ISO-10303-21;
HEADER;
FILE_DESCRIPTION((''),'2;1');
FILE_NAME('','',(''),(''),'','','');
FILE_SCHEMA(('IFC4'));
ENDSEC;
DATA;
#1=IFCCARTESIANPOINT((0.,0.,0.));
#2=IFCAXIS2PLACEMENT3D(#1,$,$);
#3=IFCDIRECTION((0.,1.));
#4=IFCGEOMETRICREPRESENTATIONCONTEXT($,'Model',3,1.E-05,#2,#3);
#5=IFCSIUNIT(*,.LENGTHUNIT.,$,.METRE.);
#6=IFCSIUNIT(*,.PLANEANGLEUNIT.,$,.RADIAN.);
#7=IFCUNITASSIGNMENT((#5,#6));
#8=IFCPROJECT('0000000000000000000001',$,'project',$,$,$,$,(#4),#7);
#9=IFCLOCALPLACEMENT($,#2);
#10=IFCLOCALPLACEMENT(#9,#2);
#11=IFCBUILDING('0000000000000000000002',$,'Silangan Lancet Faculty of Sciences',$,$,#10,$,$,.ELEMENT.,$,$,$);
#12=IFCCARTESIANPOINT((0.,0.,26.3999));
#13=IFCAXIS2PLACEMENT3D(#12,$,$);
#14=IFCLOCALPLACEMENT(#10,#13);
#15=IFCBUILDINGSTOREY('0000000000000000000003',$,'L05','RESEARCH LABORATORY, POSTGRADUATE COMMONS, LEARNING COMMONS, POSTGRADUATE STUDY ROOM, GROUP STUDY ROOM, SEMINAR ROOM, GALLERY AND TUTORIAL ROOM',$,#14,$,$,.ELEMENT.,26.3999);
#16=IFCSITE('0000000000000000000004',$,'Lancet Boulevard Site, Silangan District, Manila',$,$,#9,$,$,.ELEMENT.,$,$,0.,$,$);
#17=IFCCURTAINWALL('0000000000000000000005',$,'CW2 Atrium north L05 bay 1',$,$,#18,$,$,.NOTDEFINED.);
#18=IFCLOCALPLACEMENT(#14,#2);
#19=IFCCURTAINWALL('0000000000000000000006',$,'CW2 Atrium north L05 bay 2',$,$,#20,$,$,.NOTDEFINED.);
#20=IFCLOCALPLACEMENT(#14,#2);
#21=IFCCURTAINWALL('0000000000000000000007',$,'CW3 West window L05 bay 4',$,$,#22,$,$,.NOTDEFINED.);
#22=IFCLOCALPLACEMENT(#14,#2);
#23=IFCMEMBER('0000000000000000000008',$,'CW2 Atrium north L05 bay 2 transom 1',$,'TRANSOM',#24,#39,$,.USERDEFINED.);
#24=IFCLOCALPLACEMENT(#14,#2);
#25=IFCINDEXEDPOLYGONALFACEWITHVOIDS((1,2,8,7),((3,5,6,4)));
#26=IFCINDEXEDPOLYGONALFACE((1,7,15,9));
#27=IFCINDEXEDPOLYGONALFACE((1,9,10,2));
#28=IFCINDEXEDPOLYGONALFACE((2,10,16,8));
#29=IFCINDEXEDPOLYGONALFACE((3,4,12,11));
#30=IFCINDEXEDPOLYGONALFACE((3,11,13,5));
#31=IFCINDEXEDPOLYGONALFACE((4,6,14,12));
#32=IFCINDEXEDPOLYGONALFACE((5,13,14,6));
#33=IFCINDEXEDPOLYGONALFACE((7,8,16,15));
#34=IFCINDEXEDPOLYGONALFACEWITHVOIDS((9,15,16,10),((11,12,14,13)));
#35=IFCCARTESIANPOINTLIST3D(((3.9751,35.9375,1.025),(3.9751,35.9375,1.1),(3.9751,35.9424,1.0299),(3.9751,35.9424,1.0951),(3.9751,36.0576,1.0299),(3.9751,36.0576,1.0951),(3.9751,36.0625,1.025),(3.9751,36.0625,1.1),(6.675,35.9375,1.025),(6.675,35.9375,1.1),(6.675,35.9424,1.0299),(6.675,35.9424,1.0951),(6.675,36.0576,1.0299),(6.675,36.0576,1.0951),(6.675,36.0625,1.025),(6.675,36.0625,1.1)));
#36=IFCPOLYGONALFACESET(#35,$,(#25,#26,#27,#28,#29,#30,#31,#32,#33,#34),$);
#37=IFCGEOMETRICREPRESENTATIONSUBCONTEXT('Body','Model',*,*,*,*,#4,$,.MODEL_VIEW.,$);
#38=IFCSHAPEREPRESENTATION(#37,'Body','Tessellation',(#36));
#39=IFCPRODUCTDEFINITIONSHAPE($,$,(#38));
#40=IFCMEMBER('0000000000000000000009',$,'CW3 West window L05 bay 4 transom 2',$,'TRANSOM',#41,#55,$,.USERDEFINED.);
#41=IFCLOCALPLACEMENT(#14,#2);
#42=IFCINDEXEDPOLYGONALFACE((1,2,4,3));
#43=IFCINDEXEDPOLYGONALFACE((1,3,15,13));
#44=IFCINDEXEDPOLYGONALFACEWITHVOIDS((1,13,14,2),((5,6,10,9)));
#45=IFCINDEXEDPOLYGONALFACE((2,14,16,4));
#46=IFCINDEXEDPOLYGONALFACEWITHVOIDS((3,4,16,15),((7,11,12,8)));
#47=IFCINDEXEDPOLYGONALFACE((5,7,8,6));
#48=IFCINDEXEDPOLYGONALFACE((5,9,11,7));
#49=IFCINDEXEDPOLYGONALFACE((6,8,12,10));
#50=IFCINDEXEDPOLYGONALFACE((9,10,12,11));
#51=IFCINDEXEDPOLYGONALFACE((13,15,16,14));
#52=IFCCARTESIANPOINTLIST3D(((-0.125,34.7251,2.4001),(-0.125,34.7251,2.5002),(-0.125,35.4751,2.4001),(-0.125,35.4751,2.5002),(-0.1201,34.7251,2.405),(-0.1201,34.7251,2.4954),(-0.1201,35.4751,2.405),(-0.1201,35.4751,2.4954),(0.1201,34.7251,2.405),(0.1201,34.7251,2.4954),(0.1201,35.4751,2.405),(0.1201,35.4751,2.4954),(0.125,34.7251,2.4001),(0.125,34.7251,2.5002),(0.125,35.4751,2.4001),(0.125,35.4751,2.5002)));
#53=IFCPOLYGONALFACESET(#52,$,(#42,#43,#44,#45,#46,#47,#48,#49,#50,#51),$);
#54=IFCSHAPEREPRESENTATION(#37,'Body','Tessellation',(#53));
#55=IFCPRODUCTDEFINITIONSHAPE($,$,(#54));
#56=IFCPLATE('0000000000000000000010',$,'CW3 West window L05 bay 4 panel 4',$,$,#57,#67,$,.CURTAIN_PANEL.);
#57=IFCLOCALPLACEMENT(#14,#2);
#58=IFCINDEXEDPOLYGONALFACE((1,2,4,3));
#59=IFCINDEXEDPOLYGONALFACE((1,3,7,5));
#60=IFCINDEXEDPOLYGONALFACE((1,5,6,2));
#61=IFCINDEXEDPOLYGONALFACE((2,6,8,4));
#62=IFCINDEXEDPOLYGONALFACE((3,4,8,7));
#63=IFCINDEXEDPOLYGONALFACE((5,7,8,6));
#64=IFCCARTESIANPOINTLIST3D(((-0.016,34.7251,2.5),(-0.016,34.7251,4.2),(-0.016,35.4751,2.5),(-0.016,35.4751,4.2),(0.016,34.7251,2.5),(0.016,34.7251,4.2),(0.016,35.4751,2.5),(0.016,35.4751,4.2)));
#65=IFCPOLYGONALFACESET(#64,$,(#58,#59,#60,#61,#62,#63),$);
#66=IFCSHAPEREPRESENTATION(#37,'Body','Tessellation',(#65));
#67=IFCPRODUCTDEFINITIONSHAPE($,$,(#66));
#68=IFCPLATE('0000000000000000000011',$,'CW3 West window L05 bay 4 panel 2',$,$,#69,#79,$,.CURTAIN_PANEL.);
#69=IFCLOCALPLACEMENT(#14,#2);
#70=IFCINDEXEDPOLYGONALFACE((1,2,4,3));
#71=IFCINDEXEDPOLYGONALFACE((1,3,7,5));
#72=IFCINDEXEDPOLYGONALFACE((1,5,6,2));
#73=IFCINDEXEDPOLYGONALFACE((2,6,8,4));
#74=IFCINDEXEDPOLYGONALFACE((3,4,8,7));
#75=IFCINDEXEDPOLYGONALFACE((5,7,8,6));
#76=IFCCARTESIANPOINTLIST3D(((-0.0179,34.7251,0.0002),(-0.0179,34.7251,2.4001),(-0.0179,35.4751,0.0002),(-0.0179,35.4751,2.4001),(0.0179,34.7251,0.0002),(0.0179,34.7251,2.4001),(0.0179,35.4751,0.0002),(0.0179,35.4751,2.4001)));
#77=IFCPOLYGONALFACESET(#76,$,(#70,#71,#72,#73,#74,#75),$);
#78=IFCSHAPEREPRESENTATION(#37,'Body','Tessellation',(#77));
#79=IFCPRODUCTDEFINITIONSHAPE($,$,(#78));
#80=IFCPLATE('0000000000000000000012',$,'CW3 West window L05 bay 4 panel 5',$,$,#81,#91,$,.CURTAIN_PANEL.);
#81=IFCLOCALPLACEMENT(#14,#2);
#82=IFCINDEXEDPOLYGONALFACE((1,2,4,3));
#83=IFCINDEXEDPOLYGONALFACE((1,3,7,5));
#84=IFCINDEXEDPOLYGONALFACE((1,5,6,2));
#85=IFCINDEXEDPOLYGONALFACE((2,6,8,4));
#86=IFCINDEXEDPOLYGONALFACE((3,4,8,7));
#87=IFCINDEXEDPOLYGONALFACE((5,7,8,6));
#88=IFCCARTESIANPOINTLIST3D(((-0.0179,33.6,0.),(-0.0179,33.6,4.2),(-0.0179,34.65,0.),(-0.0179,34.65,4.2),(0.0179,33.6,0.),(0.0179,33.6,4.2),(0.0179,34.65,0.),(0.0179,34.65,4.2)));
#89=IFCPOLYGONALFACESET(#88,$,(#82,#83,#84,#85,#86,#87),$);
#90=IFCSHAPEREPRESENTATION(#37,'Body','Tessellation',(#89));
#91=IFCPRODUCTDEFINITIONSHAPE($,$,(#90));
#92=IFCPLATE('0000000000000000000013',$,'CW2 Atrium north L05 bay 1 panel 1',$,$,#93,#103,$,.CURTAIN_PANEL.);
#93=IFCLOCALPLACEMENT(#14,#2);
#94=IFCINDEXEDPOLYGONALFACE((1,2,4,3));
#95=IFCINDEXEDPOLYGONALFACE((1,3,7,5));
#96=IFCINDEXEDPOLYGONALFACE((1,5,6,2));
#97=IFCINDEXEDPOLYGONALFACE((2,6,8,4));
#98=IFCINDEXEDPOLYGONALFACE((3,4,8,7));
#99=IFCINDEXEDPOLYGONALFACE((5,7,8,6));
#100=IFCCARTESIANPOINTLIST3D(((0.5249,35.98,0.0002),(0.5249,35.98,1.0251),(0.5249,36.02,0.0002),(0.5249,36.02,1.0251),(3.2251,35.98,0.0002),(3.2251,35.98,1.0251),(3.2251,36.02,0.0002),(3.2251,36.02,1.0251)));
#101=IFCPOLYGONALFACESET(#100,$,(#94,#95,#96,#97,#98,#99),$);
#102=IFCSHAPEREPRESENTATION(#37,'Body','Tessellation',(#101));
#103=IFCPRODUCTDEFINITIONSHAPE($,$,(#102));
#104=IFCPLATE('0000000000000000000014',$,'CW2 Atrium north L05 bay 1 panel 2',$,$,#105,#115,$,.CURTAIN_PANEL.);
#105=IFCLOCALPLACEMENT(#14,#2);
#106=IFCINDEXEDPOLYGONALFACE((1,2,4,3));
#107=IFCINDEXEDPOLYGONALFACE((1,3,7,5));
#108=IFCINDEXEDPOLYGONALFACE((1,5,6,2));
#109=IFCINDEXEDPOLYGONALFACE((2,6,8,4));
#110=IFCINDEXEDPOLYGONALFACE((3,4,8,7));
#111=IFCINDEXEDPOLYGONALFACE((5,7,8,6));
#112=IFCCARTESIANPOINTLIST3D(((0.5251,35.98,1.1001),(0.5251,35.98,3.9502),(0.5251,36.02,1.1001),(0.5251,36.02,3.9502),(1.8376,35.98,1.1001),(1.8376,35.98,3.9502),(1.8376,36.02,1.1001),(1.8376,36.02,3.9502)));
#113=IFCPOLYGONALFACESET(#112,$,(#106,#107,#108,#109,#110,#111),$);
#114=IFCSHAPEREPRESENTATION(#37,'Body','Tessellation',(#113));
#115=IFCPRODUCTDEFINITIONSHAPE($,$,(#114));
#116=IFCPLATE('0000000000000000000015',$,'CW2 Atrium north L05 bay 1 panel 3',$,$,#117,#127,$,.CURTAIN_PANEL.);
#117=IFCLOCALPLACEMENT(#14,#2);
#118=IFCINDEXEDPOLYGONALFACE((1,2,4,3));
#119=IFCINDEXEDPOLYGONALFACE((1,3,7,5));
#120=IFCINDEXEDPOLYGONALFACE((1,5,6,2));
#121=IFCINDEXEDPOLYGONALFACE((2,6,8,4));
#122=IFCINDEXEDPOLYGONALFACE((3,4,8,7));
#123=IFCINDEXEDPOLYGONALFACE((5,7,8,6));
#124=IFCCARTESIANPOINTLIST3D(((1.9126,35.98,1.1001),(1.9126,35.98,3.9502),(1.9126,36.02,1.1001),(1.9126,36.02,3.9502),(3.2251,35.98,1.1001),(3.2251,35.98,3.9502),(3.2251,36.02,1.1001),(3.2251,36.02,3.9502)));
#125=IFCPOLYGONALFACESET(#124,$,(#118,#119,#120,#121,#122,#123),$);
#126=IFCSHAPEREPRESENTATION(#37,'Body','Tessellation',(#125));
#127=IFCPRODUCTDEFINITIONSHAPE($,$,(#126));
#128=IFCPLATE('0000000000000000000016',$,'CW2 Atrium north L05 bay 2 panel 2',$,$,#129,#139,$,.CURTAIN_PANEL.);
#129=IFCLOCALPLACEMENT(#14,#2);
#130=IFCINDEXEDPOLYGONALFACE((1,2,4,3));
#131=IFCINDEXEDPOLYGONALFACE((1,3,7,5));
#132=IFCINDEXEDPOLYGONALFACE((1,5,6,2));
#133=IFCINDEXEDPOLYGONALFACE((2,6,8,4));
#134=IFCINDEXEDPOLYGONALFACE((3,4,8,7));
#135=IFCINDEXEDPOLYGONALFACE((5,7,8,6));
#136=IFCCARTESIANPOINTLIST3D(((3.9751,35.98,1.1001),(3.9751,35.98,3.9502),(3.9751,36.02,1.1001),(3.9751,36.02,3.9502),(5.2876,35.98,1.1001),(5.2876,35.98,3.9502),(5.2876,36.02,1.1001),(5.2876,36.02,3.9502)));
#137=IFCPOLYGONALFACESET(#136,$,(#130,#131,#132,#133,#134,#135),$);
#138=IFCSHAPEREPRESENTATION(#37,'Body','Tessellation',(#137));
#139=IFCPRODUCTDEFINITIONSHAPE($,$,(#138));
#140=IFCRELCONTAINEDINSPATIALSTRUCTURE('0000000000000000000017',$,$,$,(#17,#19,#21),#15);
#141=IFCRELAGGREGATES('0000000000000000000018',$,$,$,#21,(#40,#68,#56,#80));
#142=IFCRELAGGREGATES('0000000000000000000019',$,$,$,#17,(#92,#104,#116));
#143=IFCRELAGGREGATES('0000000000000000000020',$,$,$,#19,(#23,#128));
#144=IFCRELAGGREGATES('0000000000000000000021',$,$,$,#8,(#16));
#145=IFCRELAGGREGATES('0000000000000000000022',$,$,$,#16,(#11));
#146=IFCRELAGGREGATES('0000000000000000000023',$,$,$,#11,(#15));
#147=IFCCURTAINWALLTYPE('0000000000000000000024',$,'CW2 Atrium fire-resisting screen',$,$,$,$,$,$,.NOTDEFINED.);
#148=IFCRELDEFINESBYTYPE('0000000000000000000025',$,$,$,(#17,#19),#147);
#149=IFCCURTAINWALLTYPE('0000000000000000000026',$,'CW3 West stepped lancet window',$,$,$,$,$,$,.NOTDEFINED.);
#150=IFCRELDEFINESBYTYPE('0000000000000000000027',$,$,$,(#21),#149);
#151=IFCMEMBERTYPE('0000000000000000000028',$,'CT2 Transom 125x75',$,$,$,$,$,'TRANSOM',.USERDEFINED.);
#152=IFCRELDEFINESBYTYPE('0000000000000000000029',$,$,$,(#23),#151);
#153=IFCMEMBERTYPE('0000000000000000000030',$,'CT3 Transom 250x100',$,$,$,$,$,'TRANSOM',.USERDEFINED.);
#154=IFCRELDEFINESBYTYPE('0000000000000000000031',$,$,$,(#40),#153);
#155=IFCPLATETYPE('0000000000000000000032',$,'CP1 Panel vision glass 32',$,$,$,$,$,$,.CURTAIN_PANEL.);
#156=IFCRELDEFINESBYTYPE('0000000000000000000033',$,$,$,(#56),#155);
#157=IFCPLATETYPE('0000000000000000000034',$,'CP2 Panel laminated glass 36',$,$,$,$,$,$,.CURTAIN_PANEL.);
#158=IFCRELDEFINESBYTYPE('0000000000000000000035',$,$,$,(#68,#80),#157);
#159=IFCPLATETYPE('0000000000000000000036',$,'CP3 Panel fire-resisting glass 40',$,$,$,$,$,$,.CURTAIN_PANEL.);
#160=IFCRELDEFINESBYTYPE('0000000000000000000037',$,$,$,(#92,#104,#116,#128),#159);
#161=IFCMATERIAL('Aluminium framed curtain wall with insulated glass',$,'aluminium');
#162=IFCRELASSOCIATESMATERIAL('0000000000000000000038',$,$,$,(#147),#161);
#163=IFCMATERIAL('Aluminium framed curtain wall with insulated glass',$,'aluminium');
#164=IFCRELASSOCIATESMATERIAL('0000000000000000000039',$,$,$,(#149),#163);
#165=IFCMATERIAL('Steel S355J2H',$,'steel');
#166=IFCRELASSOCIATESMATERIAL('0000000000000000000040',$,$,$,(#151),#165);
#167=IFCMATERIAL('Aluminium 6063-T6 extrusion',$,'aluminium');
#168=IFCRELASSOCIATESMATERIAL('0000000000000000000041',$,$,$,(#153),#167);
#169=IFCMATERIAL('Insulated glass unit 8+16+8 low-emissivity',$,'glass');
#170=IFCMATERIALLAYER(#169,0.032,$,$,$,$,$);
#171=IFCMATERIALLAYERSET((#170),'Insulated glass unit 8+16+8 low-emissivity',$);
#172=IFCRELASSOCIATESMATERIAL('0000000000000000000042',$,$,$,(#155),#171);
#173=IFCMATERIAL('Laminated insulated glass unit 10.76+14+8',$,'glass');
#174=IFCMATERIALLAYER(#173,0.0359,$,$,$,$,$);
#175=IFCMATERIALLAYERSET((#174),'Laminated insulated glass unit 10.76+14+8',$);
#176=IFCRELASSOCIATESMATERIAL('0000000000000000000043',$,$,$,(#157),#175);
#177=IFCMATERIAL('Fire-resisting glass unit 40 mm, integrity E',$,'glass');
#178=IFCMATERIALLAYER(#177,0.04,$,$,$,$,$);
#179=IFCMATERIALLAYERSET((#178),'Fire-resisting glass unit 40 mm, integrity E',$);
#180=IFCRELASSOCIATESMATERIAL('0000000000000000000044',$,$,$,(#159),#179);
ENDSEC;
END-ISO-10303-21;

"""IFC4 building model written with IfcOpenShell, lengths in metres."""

from ifc_helpers import new_model, si_unit, direction, frame, origin, origin_2d, place, context, subcontext, project, spatial, rectangle, hollow_rectangle, extrude, material, layer, layer_set, material_profile, profile_set, type_object, element, aggregate, save


model = new_model("IFC4")

# Units and contexts
model_context = context("Model", 3, precision=1e-05, world=origin(), true_north=direction((0.0, 1.0)))
body_context = subcontext(model_context, "Body", "Model", "MODEL_VIEW")
ifc_project = project(units=[si_unit("LENGTHUNIT", "METRE"), si_unit("PLANEANGLEUNIT", "RADIAN")], contexts=[model_context])

# Site, building, storey
site_placement = place(None, origin())
site = spatial("IfcSite", under=ifc_project, at=site_placement, Name="Lancet Boulevard Site, Silangan District, Manila", CompositionType="ELEMENT", RefElevation=0.0)
building_placement = place(site_placement, origin())
building = spatial("IfcBuilding", under=site, at=building_placement, Name="Silangan Lancet Faculty of Sciences", CompositionType="ELEMENT")
storey_placement = place(building_placement, frame((0.0, 0.0, 26.3999)))
storey = spatial("IfcBuildingStorey", under=building, at=storey_placement, Name="L05", Description="RESEARCH LABORATORY, POSTGRADUATE COMMONS, LEARNING COMMONS, POSTGRADUATE STUDY ROOM, GROUP STUDY ROOM, SEMINAR ROOM, GALLERY AND TUTORIAL ROOM", CompositionType="ELEMENT", Elevation=26.3999)

# Curtain walls
ifc_material_1 = material(Name="Aluminium framed curtain wall with insulated glass", Category="aluminium")
curtain_wall_type_1 = type_object("IfcCurtainWallType", Name="CW2 Atrium fire-resisting screen", PredefinedType="NOTDEFINED", material=ifc_material_1)
curtain_wall_1_placement = place(storey_placement, origin())
curtain_wall_1 = element("IfcCurtainWall", 1, at=curtain_wall_1_placement, inside=storey, type_object=curtain_wall_type_1, Name="CW2 Atrium north L05 bay 1", PredefinedType="NOTDEFINED")
curtain_wall_2_placement = place(storey_placement, origin())
curtain_wall_2 = element("IfcCurtainWall", 2, at=curtain_wall_2_placement, inside=storey, type_object=curtain_wall_type_1, Name="CW2 Atrium north L05 bay 2", PredefinedType="NOTDEFINED")
ifc_material_2 = material(Name="Aluminium framed curtain wall with insulated glass", Category="aluminium")
curtain_wall_type_2 = type_object("IfcCurtainWallType", Name="CW3 West stepped lancet window", PredefinedType="NOTDEFINED", material=ifc_material_2)
curtain_wall_3_placement = place(storey_placement, origin())
curtain_wall_3 = element("IfcCurtainWall", 3, at=curtain_wall_3_placement, inside=storey, type_object=curtain_wall_type_2, Name="CW3 West window L05 bay 4", PredefinedType="NOTDEFINED")

# Members
ifc_material_3 = material(Name="Steel S355J2H", Category="steel")
ifc_material_profile_1 = material_profile(ifc_material_3, hollow_rectangle(XDim=0.125, YDim=0.075, WallThickness=0.0049, at=origin_2d()), Name="ST BOX 125x75x5")
ifc_profile_set_1 = profile_set([ifc_material_profile_1], Name="Steel S355J2H")
member_type_1 = type_object("IfcMemberType", Name="CT2 Transom 125x75", ElementType="TRANSOM", PredefinedType="USERDEFINED", material=ifc_profile_set_1)
member_1_placement = place(storey_placement, frame((3.9751, 36.0, 1.0625), z_axis=(1.0, 0.0, 0.0), x_axis=(0.0, 1.0, 0.0)))
member_1 = element("IfcMember", 4, at=member_1_placement, type_object=member_type_1, Name="CW2 Atrium north L05 bay 2 transom 1", ObjectType="TRANSOM", PredefinedType="USERDEFINED", context=body_context, shape_type="SweptSolid", body=[
    extrude(hollow_rectangle(XDim=0.125, YDim=0.075, WallThickness=0.0049, at=origin_2d()), origin(), (0.0, 0.0, 1.0), 2.7),
])
ifc_material_4 = material(Name="Aluminium 6063-T6 extrusion", Category="aluminium")
ifc_material_profile_2 = material_profile(ifc_material_4, hollow_rectangle(XDim=0.25, YDim=0.1001, WallThickness=0.0049, at=origin_2d()), Name="AL BOX 250x100x5")
ifc_profile_set_2 = profile_set([ifc_material_profile_2], Name="Aluminium 6063-T6 extrusion")
member_type_2 = type_object("IfcMemberType", Name="CT3 Transom 250x100", ElementType="TRANSOM", PredefinedType="USERDEFINED", material=ifc_profile_set_2)
member_2_placement = place(storey_placement, frame((0.0, 34.7251, 2.4502), z_axis=(0.0, 1.0, 0.0), x_axis=(-1.0, 0.0, 0.0)))
member_2 = element("IfcMember", 5, at=member_2_placement, type_object=member_type_2, Name="CW3 West window L05 bay 4 transom 2", ObjectType="TRANSOM", PredefinedType="USERDEFINED", context=body_context, shape_type="SweptSolid", body=[
    extrude(hollow_rectangle(XDim=0.25, YDim=0.1001, WallThickness=0.0049, at=origin_2d()), origin(), (0.0, 0.0, 1.0), 0.75),
])

# Plates
ifc_material_5 = material(Name="Insulated glass unit 8+16+8 low-emissivity", Category="glass")
ifc_layer_1 = layer(ifc_material_5, 0.032)
ifc_layer_set_1 = layer_set([ifc_layer_1], Name="Insulated glass unit 8+16+8 low-emissivity")
plate_type_1 = type_object("IfcPlateType", Name="CP1 Panel vision glass 32", PredefinedType="CURTAIN_PANEL", material=ifc_layer_set_1)
plate_1_placement = place(storey_placement, frame((0.0, 35.1001, 2.5), z_axis=(0.0, 0.0, 1.0), x_axis=(0.0, 1.0, 0.0)))
plate_1 = element("IfcPlate", 6, at=plate_1_placement, type_object=plate_type_1, Name="CW3 West window L05 bay 4 panel 4", PredefinedType="CURTAIN_PANEL", context=body_context, shape_type="SweptSolid", body=[
    extrude(rectangle(XDim=0.75, YDim=0.032, at=origin_2d()), origin(), (0.0, 0.0, 1.0), 1.7),
])
ifc_material_6 = material(Name="Laminated insulated glass unit 10.76+14+8", Category="glass")
ifc_layer_2 = layer(ifc_material_6, 0.0359)
ifc_layer_set_2 = layer_set([ifc_layer_2], Name="Laminated insulated glass unit 10.76+14+8")
plate_type_2 = type_object("IfcPlateType", Name="CP2 Panel laminated glass 36", PredefinedType="CURTAIN_PANEL", material=ifc_layer_set_2)
plate_2_placement = place(storey_placement, frame((0.0, 35.1001, 0.0002), z_axis=(0.0, 0.0, 1.0), x_axis=(0.0, 1.0, 0.0)))
plate_2 = element("IfcPlate", 7, at=plate_2_placement, type_object=plate_type_2, Name="CW3 West window L05 bay 4 panel 2", PredefinedType="CURTAIN_PANEL", context=body_context, shape_type="SweptSolid", body=[
    extrude(rectangle(XDim=0.75, YDim=0.0359, at=origin_2d()), origin(), (0.0, 0.0, 1.0), 2.3999),
])
plate_3_placement = place(storey_placement, frame((0.0, 34.125, 0.0), z_axis=(0.0, 0.0, 1.0), x_axis=(0.0, 1.0, 0.0)))
plate_3 = element("IfcPlate", 8, at=plate_3_placement, type_object=plate_type_2, Name="CW3 West window L05 bay 4 panel 5", PredefinedType="CURTAIN_PANEL", context=body_context, shape_type="SweptSolid", body=[
    extrude(rectangle(XDim=1.05, YDim=0.0359, at=origin_2d()), origin(), (0.0, 0.0, 1.0), 4.2),
])
aggregate(curtain_wall_3, [member_2, plate_2, plate_1, plate_3])
ifc_material_7 = material(Name="Fire-resisting glass unit 40 mm, integrity E", Category="glass")
ifc_layer_3 = layer(ifc_material_7, 0.04)
ifc_layer_set_3 = layer_set([ifc_layer_3], Name="Fire-resisting glass unit 40 mm, integrity E")
plate_type_3 = type_object("IfcPlateType", Name="CP3 Panel fire-resisting glass 40", PredefinedType="CURTAIN_PANEL", material=ifc_layer_set_3)
plate_4_placement = place(storey_placement, frame((1.875, 36.0, 0.0002), z_axis=(0.0, 0.0, 1.0), x_axis=(1.0, 0.0, 0.0)))
plate_4 = element("IfcPlate", 9, at=plate_4_placement, type_object=plate_type_3, Name="CW2 Atrium north L05 bay 1 panel 1", PredefinedType="CURTAIN_PANEL", context=body_context, shape_type="SweptSolid", body=[
    extrude(rectangle(XDim=2.7002, YDim=0.04, at=origin_2d()), origin(), (0.0, 0.0, 1.0), 1.0249),
])
plate_5_placement = place(storey_placement, frame((1.1814, 36.0, 1.1001), z_axis=(0.0, 0.0, 1.0), x_axis=(1.0, 0.0, 0.0)))
plate_5 = element("IfcPlate", 10, at=plate_5_placement, type_object=plate_type_3, Name="CW2 Atrium north L05 bay 1 panel 2", PredefinedType="CURTAIN_PANEL", context=body_context, shape_type="SweptSolid", body=[
    extrude(rectangle(XDim=1.3125, YDim=0.04, at=origin_2d()), origin(), (0.0, 0.0, 1.0), 2.8501),
])
plate_6_placement = place(storey_placement, frame((2.5688, 36.0, 1.1001), z_axis=(0.0, 0.0, 1.0), x_axis=(1.0, 0.0, 0.0)))
plate_6 = element("IfcPlate", 11, at=plate_6_placement, type_object=plate_type_3, Name="CW2 Atrium north L05 bay 1 panel 3", PredefinedType="CURTAIN_PANEL", context=body_context, shape_type="SweptSolid", body=[
    extrude(rectangle(XDim=1.3125, YDim=0.04, at=origin_2d()), origin(), (0.0, 0.0, 1.0), 2.8501),
])
aggregate(curtain_wall_1, [plate_4, plate_5, plate_6])
plate_7_placement = place(storey_placement, frame((4.6313, 36.0, 1.1001), z_axis=(0.0, 0.0, 1.0), x_axis=(1.0, 0.0, 0.0)))
plate_7 = element("IfcPlate", 12, at=plate_7_placement, type_object=plate_type_3, Name="CW2 Atrium north L05 bay 2 panel 2", PredefinedType="CURTAIN_PANEL", context=body_context, shape_type="SweptSolid", body=[
    extrude(rectangle(XDim=1.3125, YDim=0.04, at=origin_2d()), origin(), (0.0, 0.0, 1.0), 2.8501),
])
aggregate(curtain_wall_2, [member_1, plate_7])

save(model, "model.ifc")
